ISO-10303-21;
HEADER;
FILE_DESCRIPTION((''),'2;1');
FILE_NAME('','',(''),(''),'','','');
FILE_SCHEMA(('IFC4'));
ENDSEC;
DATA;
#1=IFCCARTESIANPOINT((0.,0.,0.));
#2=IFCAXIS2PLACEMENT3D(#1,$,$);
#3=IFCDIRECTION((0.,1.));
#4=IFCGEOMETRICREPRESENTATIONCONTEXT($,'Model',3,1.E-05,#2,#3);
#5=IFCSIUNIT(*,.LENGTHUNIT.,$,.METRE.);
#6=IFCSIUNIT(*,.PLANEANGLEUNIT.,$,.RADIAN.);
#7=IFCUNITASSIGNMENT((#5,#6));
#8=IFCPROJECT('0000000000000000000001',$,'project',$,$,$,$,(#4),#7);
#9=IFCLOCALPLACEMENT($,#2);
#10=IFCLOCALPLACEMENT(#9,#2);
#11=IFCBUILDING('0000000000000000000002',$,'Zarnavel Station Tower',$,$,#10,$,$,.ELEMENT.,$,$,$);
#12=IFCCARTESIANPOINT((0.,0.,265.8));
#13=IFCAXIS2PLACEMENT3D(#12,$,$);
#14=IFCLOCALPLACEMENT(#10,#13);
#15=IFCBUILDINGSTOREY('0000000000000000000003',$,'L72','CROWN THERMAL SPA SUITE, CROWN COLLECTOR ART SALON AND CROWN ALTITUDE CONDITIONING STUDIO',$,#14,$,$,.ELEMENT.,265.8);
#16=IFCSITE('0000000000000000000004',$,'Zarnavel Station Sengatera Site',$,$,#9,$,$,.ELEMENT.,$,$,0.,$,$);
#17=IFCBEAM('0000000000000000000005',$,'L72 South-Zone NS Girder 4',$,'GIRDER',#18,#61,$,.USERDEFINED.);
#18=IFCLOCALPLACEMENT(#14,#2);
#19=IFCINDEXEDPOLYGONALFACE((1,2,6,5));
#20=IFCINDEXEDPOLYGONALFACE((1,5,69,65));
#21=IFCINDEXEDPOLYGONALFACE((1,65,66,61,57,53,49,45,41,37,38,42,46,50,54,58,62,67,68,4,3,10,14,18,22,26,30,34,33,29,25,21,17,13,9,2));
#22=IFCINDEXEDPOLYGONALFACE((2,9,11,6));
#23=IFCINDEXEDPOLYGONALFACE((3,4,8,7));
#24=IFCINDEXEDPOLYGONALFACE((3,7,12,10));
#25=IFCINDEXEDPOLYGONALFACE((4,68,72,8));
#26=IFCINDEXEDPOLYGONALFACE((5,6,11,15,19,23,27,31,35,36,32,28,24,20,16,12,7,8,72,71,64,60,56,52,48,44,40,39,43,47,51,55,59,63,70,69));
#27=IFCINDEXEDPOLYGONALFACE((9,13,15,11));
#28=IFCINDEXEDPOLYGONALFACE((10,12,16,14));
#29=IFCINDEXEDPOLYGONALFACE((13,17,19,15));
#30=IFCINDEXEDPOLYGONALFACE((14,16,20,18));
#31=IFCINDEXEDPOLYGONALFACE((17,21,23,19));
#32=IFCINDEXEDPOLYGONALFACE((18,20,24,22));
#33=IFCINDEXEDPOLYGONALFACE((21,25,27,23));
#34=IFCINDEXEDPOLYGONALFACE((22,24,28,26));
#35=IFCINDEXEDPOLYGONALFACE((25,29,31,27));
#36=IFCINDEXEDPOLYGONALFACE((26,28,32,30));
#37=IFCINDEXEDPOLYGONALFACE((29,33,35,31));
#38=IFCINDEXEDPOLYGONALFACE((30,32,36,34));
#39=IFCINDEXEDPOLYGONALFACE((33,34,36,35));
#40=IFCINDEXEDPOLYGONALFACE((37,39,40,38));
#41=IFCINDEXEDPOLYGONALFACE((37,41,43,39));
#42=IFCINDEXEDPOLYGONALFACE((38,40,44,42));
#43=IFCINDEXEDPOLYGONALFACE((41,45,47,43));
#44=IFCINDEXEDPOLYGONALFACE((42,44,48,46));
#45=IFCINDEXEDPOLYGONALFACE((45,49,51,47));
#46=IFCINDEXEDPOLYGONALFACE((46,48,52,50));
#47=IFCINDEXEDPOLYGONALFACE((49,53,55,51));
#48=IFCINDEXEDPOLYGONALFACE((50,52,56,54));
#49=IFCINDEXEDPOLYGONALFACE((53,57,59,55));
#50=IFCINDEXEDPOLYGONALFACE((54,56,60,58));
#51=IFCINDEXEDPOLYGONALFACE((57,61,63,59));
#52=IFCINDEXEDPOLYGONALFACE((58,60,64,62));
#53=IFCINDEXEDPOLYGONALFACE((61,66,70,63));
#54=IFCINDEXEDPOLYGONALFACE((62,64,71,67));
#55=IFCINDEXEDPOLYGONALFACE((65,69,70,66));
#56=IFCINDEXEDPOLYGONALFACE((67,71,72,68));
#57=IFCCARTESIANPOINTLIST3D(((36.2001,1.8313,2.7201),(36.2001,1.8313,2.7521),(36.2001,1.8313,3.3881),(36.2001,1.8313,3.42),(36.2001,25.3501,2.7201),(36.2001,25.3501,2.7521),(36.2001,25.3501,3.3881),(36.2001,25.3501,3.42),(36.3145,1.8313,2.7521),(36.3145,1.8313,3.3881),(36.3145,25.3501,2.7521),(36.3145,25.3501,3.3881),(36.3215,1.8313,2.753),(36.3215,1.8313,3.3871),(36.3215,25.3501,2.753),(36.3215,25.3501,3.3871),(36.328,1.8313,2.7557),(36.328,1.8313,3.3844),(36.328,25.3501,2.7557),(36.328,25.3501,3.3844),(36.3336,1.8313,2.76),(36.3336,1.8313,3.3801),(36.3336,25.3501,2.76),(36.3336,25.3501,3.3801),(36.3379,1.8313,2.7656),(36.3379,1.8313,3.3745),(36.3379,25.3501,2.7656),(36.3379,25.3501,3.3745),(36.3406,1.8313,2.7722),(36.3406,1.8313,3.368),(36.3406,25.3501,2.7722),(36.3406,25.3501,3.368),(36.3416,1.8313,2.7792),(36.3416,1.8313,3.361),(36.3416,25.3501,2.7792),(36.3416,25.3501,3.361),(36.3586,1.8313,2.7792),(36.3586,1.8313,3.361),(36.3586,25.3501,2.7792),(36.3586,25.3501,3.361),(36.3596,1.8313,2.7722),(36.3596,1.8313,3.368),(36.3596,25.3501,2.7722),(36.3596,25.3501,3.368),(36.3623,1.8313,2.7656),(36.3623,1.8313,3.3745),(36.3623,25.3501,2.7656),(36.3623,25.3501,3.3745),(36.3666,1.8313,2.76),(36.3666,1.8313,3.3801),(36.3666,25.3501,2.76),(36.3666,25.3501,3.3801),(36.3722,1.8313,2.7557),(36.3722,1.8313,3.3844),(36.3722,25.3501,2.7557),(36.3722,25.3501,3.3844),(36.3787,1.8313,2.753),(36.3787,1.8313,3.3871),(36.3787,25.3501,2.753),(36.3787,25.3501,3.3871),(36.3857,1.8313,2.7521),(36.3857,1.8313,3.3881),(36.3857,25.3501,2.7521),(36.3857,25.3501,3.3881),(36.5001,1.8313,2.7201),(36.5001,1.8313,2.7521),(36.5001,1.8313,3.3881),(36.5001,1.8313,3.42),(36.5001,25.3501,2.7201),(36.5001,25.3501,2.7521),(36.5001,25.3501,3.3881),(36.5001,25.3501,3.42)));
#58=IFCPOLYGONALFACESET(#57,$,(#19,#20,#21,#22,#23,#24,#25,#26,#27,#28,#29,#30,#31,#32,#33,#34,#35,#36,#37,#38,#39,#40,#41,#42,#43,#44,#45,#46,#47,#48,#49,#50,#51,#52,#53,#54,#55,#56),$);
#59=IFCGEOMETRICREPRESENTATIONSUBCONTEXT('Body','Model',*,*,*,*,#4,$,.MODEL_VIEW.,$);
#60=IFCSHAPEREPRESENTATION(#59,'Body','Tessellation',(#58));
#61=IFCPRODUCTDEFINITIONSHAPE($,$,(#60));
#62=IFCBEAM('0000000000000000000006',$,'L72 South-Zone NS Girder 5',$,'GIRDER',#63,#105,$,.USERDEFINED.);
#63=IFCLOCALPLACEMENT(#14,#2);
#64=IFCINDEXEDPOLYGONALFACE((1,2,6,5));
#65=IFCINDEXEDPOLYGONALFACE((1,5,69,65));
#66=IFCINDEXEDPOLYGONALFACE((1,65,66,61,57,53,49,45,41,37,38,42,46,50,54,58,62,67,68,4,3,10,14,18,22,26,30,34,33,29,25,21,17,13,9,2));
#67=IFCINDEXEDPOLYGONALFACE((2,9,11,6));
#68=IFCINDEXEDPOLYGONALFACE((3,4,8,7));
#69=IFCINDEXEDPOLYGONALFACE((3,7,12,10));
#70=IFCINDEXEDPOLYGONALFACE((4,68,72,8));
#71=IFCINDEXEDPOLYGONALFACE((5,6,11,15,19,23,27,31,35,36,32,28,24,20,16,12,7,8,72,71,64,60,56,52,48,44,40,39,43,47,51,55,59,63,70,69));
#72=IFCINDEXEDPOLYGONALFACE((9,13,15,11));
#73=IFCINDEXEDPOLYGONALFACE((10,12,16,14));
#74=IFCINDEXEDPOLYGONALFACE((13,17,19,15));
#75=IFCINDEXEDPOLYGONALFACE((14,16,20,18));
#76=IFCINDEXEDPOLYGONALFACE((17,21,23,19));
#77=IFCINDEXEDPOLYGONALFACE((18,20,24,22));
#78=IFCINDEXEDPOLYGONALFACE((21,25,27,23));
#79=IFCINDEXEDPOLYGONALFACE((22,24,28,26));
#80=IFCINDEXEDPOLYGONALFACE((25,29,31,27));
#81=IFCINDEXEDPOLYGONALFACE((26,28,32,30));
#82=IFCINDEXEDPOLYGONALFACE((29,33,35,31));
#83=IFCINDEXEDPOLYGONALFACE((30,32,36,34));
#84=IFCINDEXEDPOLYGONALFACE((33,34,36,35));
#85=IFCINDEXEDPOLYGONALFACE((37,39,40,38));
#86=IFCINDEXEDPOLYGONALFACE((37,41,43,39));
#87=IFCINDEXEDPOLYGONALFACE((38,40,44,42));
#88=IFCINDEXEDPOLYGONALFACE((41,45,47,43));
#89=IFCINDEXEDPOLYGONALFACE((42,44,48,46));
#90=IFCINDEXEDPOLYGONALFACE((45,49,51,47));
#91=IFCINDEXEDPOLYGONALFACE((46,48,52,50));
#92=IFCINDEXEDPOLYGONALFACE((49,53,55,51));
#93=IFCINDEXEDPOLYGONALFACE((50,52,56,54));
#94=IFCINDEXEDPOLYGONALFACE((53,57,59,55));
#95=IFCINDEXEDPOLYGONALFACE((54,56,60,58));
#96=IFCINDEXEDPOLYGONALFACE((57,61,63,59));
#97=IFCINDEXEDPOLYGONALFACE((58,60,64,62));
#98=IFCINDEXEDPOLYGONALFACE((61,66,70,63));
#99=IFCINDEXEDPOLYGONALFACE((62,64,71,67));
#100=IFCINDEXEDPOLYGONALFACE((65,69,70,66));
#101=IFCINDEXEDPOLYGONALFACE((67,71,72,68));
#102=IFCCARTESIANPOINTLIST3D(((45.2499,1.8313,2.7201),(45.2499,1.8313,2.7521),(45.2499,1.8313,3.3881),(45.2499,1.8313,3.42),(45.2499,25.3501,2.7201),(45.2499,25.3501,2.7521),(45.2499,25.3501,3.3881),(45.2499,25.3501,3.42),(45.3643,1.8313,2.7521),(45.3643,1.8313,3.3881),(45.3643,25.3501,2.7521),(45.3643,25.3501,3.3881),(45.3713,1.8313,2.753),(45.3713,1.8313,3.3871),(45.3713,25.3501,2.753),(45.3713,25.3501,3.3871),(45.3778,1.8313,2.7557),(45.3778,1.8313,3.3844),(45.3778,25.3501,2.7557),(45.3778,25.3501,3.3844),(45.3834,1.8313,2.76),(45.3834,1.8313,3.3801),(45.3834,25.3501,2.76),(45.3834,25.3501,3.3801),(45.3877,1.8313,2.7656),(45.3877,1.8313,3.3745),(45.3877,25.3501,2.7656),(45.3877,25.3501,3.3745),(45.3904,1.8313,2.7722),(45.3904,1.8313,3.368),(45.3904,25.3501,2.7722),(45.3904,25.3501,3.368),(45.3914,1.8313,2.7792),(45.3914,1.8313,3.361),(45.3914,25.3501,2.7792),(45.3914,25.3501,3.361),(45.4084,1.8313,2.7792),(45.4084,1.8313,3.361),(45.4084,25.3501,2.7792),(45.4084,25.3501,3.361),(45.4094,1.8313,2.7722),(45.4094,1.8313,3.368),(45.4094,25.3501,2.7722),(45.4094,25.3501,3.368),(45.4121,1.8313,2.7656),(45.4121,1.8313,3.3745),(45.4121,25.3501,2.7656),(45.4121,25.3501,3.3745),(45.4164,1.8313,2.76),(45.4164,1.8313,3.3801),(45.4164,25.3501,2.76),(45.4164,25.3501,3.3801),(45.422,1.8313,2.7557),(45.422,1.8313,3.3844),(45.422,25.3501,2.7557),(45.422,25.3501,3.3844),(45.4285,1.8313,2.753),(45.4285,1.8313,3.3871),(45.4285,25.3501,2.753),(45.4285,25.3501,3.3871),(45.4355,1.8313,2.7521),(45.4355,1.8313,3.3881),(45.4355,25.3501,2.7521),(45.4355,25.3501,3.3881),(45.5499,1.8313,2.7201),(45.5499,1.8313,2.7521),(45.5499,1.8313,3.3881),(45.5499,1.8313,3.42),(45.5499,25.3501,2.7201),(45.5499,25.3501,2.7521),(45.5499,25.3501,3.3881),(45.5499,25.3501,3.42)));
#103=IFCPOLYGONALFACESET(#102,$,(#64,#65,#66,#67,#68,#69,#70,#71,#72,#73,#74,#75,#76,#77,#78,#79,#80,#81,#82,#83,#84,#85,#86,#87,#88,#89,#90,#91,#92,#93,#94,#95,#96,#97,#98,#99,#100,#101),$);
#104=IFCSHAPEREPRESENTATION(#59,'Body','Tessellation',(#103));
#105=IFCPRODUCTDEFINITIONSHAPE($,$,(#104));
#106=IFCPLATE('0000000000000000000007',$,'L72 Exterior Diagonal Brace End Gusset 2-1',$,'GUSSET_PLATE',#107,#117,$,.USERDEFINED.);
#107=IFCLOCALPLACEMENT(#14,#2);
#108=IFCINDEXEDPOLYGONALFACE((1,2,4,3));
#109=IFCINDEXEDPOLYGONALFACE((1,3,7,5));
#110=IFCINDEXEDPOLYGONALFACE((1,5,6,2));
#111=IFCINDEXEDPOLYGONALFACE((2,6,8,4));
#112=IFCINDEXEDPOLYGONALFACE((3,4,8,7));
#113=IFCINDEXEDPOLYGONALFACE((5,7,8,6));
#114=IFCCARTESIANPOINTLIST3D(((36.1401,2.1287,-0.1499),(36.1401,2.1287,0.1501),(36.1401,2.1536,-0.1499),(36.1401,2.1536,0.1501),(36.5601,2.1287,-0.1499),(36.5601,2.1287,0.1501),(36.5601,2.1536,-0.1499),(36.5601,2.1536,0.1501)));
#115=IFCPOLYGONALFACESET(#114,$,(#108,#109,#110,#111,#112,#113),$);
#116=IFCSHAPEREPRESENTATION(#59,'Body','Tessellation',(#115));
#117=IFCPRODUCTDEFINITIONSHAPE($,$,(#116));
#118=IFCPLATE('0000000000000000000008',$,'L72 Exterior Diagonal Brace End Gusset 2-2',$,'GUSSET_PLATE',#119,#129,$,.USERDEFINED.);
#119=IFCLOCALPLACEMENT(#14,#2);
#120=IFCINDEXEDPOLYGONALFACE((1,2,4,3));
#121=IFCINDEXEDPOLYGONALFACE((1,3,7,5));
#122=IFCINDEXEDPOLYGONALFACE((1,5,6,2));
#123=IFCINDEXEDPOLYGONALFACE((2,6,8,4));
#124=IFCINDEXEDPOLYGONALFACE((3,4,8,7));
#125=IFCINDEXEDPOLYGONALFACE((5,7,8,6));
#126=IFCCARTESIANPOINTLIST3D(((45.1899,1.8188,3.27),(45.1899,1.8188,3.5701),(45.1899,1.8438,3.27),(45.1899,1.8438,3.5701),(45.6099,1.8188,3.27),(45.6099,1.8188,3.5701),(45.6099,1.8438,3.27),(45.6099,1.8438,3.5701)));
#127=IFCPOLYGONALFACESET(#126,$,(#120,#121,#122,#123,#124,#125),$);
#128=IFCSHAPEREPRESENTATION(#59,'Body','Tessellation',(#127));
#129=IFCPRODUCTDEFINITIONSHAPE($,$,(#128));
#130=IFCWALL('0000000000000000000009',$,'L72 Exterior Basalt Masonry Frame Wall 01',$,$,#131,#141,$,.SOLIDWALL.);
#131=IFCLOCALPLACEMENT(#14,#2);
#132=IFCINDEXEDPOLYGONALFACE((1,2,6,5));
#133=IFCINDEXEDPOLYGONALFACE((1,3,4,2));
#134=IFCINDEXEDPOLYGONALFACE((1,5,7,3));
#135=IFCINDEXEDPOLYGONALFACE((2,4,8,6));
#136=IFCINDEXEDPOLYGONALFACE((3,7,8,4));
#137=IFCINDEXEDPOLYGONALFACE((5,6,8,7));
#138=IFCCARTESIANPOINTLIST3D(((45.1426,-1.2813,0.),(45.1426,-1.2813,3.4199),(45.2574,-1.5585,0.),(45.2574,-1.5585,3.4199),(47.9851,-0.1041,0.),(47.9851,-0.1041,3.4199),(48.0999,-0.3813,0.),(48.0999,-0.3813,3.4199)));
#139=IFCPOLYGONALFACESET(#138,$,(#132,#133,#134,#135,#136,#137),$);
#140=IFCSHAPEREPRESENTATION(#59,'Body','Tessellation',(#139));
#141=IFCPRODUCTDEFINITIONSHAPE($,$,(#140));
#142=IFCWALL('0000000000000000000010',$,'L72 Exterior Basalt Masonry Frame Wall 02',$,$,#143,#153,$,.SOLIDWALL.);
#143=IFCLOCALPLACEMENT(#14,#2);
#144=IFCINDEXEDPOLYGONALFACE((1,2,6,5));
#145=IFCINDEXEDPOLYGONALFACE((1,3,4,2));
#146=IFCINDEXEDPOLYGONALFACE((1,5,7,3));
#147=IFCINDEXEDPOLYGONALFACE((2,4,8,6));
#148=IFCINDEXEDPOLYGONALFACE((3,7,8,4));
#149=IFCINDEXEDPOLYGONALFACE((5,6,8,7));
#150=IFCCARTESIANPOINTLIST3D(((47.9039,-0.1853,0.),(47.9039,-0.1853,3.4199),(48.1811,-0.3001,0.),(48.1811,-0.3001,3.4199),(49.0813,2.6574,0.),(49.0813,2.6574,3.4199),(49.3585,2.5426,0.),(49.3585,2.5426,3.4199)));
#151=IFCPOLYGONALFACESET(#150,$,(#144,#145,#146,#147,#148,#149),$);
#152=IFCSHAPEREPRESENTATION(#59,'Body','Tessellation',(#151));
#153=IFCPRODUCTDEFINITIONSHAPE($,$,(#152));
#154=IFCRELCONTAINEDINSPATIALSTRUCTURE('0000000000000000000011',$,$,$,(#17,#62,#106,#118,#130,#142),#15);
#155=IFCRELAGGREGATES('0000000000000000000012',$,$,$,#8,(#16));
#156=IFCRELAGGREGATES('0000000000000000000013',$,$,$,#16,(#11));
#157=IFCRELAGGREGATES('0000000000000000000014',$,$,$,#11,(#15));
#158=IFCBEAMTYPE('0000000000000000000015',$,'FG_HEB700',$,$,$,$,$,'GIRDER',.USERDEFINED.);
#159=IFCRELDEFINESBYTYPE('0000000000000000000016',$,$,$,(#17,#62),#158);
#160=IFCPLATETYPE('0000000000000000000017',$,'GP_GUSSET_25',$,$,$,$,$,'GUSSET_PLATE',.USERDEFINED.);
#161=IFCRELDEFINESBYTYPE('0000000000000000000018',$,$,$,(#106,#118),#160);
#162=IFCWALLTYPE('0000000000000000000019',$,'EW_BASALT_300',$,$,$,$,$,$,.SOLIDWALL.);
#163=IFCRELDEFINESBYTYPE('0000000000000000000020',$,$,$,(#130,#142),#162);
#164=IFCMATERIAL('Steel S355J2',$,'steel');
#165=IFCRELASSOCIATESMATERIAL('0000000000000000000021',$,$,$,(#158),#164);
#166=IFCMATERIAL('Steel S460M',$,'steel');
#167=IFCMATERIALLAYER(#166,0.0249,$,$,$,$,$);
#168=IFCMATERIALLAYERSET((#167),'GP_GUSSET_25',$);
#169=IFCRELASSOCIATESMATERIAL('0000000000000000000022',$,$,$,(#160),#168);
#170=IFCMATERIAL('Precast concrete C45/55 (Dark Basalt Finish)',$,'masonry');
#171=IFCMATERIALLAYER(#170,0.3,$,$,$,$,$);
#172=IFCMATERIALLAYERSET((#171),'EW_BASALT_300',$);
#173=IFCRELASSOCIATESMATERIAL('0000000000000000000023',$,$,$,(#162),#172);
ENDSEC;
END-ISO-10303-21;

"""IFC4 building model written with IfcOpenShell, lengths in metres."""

from ifc_helpers import new_model, si_unit, direction, frame, frame_2d, origin, origin_2d, place, context, subcontext, project, spatial, rectangle, i_section, extrude, material, layer, layer_set, material_profile, profile_set, type_object, element, save


model = new_model("IFC4")

# Units and contexts
model_context = context("Model", 3, precision=1e-05, world=origin(), true_north=direction((0.0, 1.0)))
body_context = subcontext(model_context, "Body", "Model", "MODEL_VIEW")
ifc_project = project(units=[si_unit("LENGTHUNIT", "METRE"), si_unit("PLANEANGLEUNIT", "RADIAN")], contexts=[model_context])

# Site, building, storey
site_placement = place(None, origin())
site = spatial("IfcSite", under=ifc_project, at=site_placement, Name="Zarnavel Station Sengatera Site", CompositionType="ELEMENT", RefElevation=0.0)
building_placement = place(site_placement, origin())
building = spatial("IfcBuilding", under=site, at=building_placement, Name="Zarnavel Station Tower", CompositionType="ELEMENT")
storey_placement = place(building_placement, frame((0.0, 0.0, 265.8)))
storey = spatial("IfcBuildingStorey", under=building, at=storey_placement, Name="L72", Description="CROWN THERMAL SPA SUITE, CROWN COLLECTOR ART SALON AND CROWN ALTITUDE CONDITIONING STUDIO", CompositionType="ELEMENT", Elevation=265.8)

# Beams
ifc_material_1 = material(Name="Steel S355J2", Category="steel")
ifc_material_profile_1 = material_profile(ifc_material_1, i_section(OverallWidth=0.3, OverallDepth=0.7, WebThickness=0.0171, FlangeThickness=0.032, FilletRadius=0.0271, at=origin_2d()), Name="HEB700")
ifc_profile_set_1 = profile_set([ifc_material_profile_1], Name="Steel S355J2")
beam_type_1 = type_object("IfcBeamType", Name="FG_HEB700", ElementType="GIRDER", PredefinedType="USERDEFINED", material=ifc_profile_set_1)
for number, where, z_axis, x_axis, name in (
    (1, (36.3501, 1.8313, 3.0701), (0.0, 1.0, 0.0), (-1.0, 0.0, 0.0), "L72 South-Zone NS Girder 4"),
    (2, (45.3999, 1.8313, 3.0701), (0.0, 1.0, 0.0), (-1.0, 0.0, 0.0), "L72 South-Zone NS Girder 5"),
):
    element("IfcBeam", number, at=place(storey_placement, frame(where, z_axis=z_axis, x_axis=x_axis)), inside=storey, type_object=beam_type_1, Name=name, ObjectType="GIRDER", PredefinedType="USERDEFINED", context=body_context, shape_type="SweptSolid", body=[
        extrude(i_section(OverallWidth=0.3, OverallDepth=0.7, WebThickness=0.0171, FlangeThickness=0.032, FilletRadius=0.0271, at=origin_2d()), origin(), (0.0, 0.0, 1.0), 23.5188),
    ])

# Plates
ifc_material_2 = material(Name="Steel S460M", Category="steel")
ifc_layer_1 = layer(ifc_material_2, 0.0249)
ifc_layer_set_1 = layer_set([ifc_layer_1], Name="GP_GUSSET_25")
plate_type = type_object("IfcPlateType", Name="GP_GUSSET_25", ElementType="GUSSET_PLATE", PredefinedType="USERDEFINED", material=ifc_layer_set_1)
for number, where, z_axis, x_axis, name in (
    (3, (36.3501, 2.1411, -0.1499), (0.0, 0.0, 1.0), (1.0, 0.0, 0.0), "L72 Exterior Diagonal Brace End Gusset 2-1"),
    (4, (45.3999, 1.8313, 3.27), (0.0, 0.0, 1.0), (1.0, 0.0, 0.0), "L72 Exterior Diagonal Brace End Gusset 2-2"),
):
    element("IfcPlate", number, at=place(storey_placement, frame(where, z_axis=z_axis, x_axis=x_axis)), inside=storey, type_object=plate_type, Name=name, ObjectType="GUSSET_PLATE", PredefinedType="USERDEFINED", context=body_context, shape_type="SweptSolid", body=[
        extrude(rectangle(XDim=0.4199, YDim=0.0249, at=origin_2d()), origin(), (0.0, 0.0, 1.0), 0.3),
    ])

# Walls
ifc_material_3 = material(Name="Precast concrete C45/55 (Dark Basalt Finish)", Category="masonry")
ifc_layer_2 = layer(ifc_material_3, 0.3)
ifc_layer_set_2 = layer_set([ifc_layer_2], Name="EW_BASALT_300")
wall_type_1 = type_object("IfcWallType", Name="EW_BASALT_300", PredefinedType="SOLIDWALL", material=ifc_layer_set_2)
wall_1_placement = place(storey_placement, frame((48.0425, -0.2427, 0.0), z_axis=(0.0, 0.0, 1.0), x_axis=(-0.923899, -0.382637, 0.0)))
element("IfcWall", 5, at=wall_1_placement, inside=storey, type_object=wall_type_1, Name="L72 Exterior Basalt Masonry Frame Wall 01", PredefinedType="SOLIDWALL", context=body_context, shape_type="SweptSolid", body=[
    extrude(rectangle(XDim=3.0767, YDim=0.3, at=frame_2d((1.5383, 0.0))), origin(), (0.0, 0.0, 1.0), 3.4199),
])
wall_2_placement = place(storey_placement, frame((49.22, 2.6001, 0.0), z_axis=(0.0, 0.0, 1.0), x_axis=(-0.382676, -0.923882, 0.0)))
element("IfcWall", 6, at=wall_2_placement, inside=storey, type_object=wall_type_1, Name="L72 Exterior Basalt Masonry Frame Wall 02", PredefinedType="SOLIDWALL", context=body_context, shape_type="SweptSolid", body=[
    extrude(rectangle(XDim=3.0769, YDim=0.3, at=frame_2d((1.5386, 0.0))), origin(), (0.0, 0.0, 1.0), 3.4199),
])

save(model, "model.ifc")
